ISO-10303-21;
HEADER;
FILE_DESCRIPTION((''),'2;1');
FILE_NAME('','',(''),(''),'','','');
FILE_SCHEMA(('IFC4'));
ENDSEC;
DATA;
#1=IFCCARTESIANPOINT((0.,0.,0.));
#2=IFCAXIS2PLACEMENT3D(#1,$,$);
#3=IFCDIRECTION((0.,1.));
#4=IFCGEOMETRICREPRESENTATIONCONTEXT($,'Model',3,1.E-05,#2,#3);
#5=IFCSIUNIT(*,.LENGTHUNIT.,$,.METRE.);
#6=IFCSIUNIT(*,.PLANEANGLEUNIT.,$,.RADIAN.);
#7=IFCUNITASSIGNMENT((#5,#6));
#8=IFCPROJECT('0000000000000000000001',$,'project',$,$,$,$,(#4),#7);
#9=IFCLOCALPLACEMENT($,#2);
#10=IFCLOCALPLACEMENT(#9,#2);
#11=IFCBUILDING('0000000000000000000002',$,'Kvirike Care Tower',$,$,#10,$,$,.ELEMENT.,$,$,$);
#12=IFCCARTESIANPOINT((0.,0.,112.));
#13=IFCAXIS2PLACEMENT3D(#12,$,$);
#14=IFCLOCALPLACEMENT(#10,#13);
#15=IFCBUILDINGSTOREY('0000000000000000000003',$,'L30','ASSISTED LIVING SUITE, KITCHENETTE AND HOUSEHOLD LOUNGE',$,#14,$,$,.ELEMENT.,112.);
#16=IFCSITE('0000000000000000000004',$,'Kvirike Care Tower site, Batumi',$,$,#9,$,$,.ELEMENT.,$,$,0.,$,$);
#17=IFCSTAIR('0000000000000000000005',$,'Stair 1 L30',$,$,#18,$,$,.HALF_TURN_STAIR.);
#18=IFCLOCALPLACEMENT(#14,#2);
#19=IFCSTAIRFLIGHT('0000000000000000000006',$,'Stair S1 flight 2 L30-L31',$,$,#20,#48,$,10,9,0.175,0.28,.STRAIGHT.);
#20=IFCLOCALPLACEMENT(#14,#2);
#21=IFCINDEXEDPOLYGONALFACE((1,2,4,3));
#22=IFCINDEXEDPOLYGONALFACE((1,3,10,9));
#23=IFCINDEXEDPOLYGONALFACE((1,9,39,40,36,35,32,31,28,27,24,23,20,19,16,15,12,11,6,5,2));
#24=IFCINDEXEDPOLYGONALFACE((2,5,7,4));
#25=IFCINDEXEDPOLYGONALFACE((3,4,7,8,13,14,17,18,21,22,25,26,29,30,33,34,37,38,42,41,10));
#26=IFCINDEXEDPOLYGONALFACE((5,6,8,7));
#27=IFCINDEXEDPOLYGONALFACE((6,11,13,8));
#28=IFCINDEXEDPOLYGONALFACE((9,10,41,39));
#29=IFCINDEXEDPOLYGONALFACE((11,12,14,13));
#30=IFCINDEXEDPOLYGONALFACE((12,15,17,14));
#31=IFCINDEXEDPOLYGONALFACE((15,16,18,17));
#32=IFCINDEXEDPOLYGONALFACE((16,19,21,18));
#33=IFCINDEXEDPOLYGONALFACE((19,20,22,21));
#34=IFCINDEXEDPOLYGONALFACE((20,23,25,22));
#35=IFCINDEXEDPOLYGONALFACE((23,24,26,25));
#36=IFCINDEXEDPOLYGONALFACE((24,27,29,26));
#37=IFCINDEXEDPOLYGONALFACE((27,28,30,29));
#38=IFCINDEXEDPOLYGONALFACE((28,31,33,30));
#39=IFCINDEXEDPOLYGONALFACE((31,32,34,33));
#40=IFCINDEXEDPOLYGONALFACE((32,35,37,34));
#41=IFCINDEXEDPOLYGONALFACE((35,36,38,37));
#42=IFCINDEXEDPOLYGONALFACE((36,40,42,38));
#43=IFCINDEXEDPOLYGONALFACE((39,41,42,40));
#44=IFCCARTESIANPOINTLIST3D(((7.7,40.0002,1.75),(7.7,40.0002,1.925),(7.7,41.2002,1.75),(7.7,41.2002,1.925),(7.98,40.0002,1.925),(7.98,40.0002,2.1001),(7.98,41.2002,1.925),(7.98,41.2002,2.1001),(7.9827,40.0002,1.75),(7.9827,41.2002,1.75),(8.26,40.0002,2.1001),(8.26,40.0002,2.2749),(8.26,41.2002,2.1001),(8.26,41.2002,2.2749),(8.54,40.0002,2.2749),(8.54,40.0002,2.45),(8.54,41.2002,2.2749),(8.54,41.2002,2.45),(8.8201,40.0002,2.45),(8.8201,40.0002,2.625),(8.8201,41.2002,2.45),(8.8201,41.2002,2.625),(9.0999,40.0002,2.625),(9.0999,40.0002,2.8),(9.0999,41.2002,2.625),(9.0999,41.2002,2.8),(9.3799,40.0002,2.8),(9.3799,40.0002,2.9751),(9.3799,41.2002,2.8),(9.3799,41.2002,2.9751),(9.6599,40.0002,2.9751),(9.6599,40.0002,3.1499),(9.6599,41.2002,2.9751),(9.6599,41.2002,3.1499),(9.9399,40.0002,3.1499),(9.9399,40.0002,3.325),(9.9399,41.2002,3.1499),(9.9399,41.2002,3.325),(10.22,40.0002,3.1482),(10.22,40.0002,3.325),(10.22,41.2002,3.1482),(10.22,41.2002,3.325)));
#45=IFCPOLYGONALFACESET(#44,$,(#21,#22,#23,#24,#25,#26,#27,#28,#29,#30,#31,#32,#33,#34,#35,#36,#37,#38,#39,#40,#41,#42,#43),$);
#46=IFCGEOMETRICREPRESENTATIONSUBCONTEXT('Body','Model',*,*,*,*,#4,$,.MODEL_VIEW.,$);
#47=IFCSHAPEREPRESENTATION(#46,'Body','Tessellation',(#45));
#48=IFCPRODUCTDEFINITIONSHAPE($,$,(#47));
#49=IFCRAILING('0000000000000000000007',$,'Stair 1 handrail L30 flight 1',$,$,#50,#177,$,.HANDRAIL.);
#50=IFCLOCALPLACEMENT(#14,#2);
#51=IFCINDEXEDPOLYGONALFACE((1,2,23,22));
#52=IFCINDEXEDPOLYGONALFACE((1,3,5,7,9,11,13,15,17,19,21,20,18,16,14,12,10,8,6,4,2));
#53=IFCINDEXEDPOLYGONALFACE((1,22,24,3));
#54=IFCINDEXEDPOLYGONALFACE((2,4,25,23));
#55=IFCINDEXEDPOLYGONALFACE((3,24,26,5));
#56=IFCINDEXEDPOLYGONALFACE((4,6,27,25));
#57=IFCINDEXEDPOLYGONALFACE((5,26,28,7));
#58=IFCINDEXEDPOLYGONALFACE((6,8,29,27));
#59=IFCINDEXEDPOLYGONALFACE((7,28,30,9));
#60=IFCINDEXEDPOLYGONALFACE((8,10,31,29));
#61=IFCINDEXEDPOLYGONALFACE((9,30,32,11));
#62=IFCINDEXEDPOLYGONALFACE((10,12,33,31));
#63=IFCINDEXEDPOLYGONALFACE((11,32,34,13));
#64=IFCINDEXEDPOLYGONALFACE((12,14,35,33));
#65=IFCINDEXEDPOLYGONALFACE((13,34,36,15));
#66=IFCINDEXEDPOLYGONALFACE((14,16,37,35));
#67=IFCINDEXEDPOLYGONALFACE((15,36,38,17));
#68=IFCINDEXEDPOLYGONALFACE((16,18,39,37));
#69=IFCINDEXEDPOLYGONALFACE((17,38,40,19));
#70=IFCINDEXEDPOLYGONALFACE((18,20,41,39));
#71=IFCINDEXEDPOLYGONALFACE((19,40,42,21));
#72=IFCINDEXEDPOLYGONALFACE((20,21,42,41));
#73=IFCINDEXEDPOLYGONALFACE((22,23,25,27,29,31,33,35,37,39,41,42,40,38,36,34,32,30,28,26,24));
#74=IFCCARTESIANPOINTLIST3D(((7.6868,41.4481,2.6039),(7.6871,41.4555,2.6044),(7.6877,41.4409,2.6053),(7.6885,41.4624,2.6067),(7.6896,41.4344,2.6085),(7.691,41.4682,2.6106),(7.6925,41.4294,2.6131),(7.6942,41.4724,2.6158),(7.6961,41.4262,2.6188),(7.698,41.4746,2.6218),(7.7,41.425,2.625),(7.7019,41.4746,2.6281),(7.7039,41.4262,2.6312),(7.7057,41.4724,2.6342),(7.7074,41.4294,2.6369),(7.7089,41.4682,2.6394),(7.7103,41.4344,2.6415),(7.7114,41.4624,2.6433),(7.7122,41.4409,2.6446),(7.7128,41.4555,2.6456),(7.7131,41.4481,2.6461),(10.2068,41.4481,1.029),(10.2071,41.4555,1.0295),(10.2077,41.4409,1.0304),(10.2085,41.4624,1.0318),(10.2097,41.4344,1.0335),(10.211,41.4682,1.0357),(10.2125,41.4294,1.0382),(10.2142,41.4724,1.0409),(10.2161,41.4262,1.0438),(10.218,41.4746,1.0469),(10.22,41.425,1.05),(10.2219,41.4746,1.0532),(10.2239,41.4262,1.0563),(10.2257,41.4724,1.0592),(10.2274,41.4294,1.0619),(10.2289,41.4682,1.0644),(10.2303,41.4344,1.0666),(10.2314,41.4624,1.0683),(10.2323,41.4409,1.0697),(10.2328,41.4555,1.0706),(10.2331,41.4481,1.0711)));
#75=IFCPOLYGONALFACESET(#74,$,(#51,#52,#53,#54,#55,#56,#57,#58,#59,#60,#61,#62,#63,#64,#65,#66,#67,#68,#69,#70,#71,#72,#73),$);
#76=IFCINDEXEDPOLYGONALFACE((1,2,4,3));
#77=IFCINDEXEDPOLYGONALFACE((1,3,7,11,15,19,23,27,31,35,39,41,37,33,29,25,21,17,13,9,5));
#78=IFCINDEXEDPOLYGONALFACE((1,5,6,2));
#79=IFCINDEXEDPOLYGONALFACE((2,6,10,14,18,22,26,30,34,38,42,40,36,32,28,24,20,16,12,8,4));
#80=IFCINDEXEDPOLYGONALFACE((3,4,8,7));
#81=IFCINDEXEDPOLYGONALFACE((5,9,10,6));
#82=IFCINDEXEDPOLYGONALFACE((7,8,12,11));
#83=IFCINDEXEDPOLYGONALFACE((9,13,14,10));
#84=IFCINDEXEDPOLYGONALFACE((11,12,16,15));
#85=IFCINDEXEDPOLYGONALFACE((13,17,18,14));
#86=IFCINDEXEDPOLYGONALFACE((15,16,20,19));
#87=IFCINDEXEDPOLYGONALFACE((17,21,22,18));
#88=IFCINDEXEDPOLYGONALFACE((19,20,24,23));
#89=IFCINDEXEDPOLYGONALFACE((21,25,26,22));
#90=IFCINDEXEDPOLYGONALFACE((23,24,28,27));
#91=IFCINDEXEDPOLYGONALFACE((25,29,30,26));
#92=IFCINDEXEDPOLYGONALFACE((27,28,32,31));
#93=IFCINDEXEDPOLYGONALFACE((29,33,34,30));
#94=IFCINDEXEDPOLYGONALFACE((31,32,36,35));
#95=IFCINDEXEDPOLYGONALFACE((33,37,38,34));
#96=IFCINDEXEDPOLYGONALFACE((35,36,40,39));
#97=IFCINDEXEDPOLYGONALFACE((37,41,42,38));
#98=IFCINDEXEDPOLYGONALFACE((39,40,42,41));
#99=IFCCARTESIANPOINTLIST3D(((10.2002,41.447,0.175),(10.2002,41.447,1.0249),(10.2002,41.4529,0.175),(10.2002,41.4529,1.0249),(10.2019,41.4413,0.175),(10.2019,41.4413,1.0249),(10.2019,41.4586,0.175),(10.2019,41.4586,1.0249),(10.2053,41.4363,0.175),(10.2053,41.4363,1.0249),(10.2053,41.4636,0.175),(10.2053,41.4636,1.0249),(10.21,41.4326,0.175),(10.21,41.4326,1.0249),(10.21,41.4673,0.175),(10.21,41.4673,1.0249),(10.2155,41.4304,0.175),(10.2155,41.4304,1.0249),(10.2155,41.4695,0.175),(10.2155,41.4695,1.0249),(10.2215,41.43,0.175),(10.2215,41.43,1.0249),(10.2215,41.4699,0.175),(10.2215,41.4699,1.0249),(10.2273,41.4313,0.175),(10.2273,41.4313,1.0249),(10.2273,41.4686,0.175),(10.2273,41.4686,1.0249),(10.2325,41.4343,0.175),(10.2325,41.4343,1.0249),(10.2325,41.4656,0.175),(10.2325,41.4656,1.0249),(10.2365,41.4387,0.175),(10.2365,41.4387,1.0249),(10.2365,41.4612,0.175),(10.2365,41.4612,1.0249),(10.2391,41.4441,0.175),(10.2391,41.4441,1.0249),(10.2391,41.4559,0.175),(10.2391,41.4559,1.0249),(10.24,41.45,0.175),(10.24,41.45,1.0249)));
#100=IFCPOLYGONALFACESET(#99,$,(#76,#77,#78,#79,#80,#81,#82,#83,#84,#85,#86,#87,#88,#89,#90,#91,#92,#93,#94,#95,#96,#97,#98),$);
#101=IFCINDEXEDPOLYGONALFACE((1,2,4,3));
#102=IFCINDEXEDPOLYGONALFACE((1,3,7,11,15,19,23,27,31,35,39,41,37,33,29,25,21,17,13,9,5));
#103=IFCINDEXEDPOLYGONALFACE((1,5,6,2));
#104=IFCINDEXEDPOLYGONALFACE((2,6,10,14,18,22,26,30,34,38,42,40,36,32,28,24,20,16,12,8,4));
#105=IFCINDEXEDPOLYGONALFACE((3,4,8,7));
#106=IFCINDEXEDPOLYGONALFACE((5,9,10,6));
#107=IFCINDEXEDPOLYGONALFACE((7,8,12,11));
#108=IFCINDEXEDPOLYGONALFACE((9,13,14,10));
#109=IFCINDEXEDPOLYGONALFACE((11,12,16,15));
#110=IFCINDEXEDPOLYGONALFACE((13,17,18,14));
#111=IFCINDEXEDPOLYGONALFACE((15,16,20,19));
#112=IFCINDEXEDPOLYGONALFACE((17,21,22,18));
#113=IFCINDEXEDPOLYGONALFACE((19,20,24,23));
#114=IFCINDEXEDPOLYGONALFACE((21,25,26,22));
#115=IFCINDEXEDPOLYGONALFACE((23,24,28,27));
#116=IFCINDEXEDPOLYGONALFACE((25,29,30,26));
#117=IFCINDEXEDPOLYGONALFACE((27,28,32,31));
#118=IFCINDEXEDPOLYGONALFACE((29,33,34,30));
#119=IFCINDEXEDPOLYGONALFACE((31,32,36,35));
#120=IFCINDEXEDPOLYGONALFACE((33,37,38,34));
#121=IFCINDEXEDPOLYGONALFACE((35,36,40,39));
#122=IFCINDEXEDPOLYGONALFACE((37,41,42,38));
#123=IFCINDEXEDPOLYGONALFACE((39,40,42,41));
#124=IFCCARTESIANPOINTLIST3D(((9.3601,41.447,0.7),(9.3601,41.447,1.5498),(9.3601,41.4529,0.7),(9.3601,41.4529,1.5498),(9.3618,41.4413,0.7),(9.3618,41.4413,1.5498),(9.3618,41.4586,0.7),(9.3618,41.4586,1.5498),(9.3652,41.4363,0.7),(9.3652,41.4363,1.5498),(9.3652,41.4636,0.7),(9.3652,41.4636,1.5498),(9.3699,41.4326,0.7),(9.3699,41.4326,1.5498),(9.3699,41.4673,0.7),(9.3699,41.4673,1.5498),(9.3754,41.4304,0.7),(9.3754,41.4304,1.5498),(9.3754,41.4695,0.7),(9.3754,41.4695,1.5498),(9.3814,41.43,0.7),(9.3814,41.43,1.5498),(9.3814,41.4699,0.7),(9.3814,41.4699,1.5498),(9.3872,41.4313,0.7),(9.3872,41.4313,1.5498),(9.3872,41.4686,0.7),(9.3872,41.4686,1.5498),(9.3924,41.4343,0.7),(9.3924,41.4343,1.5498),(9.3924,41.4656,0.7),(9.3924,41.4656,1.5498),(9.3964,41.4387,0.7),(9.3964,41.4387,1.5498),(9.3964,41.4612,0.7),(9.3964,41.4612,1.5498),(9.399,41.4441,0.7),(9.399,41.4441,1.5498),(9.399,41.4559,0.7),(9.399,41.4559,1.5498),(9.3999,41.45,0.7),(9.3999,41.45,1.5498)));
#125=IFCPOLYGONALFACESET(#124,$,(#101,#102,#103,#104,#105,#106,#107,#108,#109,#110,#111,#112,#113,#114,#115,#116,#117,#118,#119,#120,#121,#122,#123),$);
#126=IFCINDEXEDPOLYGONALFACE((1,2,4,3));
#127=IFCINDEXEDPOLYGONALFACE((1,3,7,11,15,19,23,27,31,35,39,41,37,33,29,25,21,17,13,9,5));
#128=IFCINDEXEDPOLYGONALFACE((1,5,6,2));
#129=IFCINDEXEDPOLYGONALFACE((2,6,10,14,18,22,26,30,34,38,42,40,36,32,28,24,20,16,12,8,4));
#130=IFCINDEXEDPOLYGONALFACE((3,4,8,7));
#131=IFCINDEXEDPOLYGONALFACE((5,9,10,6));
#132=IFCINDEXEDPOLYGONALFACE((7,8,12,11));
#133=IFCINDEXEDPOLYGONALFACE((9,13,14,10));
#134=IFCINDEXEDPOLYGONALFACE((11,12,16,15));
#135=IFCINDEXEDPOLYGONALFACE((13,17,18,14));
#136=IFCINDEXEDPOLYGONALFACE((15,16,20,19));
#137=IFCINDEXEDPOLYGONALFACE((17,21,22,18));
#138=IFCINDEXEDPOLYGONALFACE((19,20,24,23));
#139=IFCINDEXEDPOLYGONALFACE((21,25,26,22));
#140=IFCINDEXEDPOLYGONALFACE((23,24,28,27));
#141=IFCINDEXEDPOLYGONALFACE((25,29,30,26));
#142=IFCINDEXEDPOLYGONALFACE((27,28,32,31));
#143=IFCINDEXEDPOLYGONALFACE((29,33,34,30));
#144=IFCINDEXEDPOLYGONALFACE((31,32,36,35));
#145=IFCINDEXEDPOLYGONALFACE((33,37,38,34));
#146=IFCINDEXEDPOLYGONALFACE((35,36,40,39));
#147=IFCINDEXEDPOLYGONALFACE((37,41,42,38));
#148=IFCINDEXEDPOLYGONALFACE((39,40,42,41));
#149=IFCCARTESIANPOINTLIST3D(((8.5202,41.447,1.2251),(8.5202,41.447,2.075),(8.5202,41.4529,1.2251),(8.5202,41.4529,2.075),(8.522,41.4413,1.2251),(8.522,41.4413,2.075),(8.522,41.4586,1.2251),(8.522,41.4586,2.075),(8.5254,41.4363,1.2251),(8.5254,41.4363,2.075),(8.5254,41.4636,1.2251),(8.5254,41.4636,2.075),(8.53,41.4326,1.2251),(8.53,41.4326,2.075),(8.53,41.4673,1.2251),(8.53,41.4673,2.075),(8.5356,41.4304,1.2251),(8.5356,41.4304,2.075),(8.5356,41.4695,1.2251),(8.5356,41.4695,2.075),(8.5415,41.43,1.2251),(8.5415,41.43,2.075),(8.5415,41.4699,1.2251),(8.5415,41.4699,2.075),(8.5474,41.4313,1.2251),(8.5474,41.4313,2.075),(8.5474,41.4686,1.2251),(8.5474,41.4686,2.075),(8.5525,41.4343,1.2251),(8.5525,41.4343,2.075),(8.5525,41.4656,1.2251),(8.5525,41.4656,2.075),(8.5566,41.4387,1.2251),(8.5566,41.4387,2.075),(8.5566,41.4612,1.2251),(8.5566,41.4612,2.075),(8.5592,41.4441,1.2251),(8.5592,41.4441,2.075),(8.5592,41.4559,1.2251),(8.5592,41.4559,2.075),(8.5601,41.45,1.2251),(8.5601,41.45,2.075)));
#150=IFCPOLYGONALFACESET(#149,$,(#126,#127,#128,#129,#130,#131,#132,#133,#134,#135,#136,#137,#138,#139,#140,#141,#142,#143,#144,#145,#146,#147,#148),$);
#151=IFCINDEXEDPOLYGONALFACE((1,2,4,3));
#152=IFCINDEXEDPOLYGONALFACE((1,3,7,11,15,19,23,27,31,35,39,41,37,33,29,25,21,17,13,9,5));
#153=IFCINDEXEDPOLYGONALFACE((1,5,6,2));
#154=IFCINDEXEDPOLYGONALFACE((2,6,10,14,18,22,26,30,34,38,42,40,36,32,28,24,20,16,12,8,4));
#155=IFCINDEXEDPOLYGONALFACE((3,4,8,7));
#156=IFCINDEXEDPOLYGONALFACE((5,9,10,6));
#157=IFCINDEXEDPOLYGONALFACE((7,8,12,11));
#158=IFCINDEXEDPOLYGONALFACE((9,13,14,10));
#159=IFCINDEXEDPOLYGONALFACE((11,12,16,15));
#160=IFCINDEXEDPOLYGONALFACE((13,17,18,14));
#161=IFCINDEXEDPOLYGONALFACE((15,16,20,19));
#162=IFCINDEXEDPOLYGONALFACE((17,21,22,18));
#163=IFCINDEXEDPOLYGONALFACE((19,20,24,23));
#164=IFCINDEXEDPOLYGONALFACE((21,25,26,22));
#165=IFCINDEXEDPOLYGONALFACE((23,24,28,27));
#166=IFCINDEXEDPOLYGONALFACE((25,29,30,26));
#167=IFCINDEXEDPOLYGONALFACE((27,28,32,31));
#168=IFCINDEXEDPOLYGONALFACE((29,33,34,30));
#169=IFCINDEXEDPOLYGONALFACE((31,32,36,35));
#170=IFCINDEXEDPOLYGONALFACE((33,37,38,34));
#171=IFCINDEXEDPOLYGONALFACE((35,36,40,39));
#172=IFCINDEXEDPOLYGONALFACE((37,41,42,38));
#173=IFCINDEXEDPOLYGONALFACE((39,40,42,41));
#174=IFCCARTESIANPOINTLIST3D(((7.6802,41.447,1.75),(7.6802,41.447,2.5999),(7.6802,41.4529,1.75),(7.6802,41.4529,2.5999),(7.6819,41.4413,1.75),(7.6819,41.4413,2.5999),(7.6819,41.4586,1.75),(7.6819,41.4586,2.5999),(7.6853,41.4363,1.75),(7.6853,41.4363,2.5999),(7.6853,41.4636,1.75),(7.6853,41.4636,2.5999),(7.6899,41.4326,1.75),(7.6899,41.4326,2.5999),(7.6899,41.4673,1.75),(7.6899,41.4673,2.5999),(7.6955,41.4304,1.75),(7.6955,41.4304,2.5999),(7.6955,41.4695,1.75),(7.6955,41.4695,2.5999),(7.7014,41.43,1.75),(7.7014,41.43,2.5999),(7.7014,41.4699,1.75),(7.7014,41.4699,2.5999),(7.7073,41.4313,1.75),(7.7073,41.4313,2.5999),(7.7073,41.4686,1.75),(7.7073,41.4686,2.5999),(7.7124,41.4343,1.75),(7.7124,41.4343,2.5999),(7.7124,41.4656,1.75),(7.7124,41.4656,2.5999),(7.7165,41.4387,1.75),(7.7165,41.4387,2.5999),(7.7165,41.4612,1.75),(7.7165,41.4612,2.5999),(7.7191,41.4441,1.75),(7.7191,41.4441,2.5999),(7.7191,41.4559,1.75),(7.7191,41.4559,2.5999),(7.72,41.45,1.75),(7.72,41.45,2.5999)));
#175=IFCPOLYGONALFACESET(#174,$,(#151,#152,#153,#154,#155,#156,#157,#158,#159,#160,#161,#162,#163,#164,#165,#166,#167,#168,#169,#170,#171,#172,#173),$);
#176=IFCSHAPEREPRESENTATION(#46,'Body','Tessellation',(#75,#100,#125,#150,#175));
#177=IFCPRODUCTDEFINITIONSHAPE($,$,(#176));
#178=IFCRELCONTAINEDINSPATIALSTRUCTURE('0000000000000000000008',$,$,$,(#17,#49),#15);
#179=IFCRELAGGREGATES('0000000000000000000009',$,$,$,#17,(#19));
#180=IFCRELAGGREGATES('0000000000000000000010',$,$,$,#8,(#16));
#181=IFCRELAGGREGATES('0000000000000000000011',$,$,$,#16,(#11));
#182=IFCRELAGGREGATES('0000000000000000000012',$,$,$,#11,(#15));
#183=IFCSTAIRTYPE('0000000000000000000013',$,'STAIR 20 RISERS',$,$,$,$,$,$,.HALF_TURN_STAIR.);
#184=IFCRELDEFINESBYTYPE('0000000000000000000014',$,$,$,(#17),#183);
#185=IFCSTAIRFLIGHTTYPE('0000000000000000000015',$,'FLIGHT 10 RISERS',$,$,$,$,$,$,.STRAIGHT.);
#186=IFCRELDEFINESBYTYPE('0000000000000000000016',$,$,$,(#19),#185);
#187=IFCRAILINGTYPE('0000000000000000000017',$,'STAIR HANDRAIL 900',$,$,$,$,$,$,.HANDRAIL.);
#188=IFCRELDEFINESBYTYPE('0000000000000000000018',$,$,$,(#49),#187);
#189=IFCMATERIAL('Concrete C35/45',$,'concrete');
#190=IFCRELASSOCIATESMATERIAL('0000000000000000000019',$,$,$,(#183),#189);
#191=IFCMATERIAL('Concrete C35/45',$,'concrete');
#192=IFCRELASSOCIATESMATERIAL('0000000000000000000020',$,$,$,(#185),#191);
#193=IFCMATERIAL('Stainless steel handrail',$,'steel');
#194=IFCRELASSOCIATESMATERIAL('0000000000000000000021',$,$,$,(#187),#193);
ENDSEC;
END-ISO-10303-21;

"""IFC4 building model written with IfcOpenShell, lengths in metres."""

from ifc_helpers import new_model, si_unit, direction, frame, origin, origin_2d, place, context, subcontext, project, spatial, polyline, circle, outline, extrude, material, type_object, element, aggregate, save


model = new_model("IFC4")

# Units and contexts
model_context = context("Model", 3, precision=1e-05, world=origin(), true_north=direction((0.0, 1.0)))
body_context = subcontext(model_context, "Body", "Model", "MODEL_VIEW")
ifc_project = project(units=[si_unit("LENGTHUNIT", "METRE"), si_unit("PLANEANGLEUNIT", "RADIAN")], contexts=[model_context])

# Site, building, storey
site_placement = place(None, origin())
site = spatial("IfcSite", under=ifc_project, at=site_placement, Name="Kvirike Care Tower site, Batumi", CompositionType="ELEMENT", RefElevation=0.0)
building_placement = place(site_placement, origin())
building = spatial("IfcBuilding", under=site, at=building_placement, Name="Kvirike Care Tower", CompositionType="ELEMENT")
storey_placement = place(building_placement, frame((0.0, 0.0, 112.0)))
storey = spatial("IfcBuildingStorey", under=building, at=storey_placement, Name="L30", Description="ASSISTED LIVING SUITE, KITCHENETTE AND HOUSEHOLD LOUNGE", CompositionType="ELEMENT", Elevation=112.0)

# Stair, stair flight
ifc_material_1 = material(Name="Concrete C35/45", Category="concrete")
stair_type = type_object("IfcStairType", Name="STAIR 20 RISERS", PredefinedType="HALF_TURN_STAIR", material=ifc_material_1)
stair_placement = place(storey_placement, origin())
stair = element("IfcStair", 1, at=stair_placement, inside=storey, type_object=stair_type, Name="Stair 1 L30", PredefinedType="HALF_TURN_STAIR")
ifc_material_2 = material(Name="Concrete C35/45", Category="concrete")
stair_flight_type = type_object("IfcStairFlightType", Name="FLIGHT 10 RISERS", PredefinedType="STRAIGHT", material=ifc_material_2)
stair_flight_1_placement = place(storey_placement, frame((7.7, 40.6001, 1.75), z_axis=(0.0, 0.0, 1.0), x_axis=(1.0, 0.0, 0.0)))
stair_flight_1 = element("IfcStairFlight", 2, at=stair_flight_1_placement, type_object=stair_flight_type, Name="Stair S1 flight 2 L30-L31", NumberOfRisers=10, NumberOfTreads=9, PredefinedType="STRAIGHT", RiserHeight=0.175, TreadLength=0.28, context=body_context, shape_type="SweptSolid", body=[
    extrude(outline(polyline([(0.0, 0.0), (0.0, 0.175), (0.28, 0.175), (0.28, 0.3501), (0.5601, 0.3501), (0.5601, 0.5249), (0.8401, 0.5249), (0.8401, 0.7), (1.1201, 0.7), (1.1201, 0.875), (1.3999, 0.875), (1.3999, 1.05), (1.6799, 1.05), (1.6799, 1.2251), (1.96, 1.2251), (1.96, 1.3999), (2.24, 1.3999), (2.24, 1.575), (2.52, 1.575), (2.52, 1.75), (2.52, 1.3982), (0.2827, 0.0), (0.0, 0.0)])), frame((0.0, 0.6001, 0.0), z_axis=(0.0, -1.0, 0.0), x_axis=(1.0, 0.0, 0.0)), (0.0, 0.0, 1.0), 1.2),
])
aggregate(stair, [stair_flight_1])

# Railing
ifc_material_3 = material(Name="Stainless steel handrail", Category="steel")
railing_type = type_object("IfcRailingType", Name="STAIR HANDRAIL 900", PredefinedType="HANDRAIL", material=ifc_material_3)
railing_1_placement = place(storey_placement, frame((10.22, 41.45, 0.175)))
element("IfcRailing", 3, at=railing_1_placement, inside=storey, type_object=railing_type, Name="Stair 1 handrail L30 flight 1", PredefinedType="HANDRAIL", context=body_context, shape_type="SweptSolid", body=[
    extrude(circle(Radius=0.0249, at=origin_2d()), frame((0.0, 0.0, 0.875), z_axis=(-0.848008, 0.0, 0.529984), x_axis=(0.0, -1.0, 0.0)), (0.0, 0.0, 1.0), 2.9717),
    extrude(circle(Radius=0.02, at=origin_2d()), origin(), (0.0, 0.0, 1.0), 0.8499),
    extrude(circle(Radius=0.02, at=origin_2d()), frame((-0.8401, 0.0, 0.5249)), (0.0, 0.0, 1.0), 0.8499),
    extrude(circle(Radius=0.02, at=origin_2d()), frame((-1.6799, 0.0, 1.05)), (0.0, 0.0, 1.0), 0.8499),
    extrude(circle(Radius=0.02, at=origin_2d()), frame((-2.52, 0.0, 1.575)), (0.0, 0.0, 1.0), 0.8499),
])

save(model, "model.ifc")
